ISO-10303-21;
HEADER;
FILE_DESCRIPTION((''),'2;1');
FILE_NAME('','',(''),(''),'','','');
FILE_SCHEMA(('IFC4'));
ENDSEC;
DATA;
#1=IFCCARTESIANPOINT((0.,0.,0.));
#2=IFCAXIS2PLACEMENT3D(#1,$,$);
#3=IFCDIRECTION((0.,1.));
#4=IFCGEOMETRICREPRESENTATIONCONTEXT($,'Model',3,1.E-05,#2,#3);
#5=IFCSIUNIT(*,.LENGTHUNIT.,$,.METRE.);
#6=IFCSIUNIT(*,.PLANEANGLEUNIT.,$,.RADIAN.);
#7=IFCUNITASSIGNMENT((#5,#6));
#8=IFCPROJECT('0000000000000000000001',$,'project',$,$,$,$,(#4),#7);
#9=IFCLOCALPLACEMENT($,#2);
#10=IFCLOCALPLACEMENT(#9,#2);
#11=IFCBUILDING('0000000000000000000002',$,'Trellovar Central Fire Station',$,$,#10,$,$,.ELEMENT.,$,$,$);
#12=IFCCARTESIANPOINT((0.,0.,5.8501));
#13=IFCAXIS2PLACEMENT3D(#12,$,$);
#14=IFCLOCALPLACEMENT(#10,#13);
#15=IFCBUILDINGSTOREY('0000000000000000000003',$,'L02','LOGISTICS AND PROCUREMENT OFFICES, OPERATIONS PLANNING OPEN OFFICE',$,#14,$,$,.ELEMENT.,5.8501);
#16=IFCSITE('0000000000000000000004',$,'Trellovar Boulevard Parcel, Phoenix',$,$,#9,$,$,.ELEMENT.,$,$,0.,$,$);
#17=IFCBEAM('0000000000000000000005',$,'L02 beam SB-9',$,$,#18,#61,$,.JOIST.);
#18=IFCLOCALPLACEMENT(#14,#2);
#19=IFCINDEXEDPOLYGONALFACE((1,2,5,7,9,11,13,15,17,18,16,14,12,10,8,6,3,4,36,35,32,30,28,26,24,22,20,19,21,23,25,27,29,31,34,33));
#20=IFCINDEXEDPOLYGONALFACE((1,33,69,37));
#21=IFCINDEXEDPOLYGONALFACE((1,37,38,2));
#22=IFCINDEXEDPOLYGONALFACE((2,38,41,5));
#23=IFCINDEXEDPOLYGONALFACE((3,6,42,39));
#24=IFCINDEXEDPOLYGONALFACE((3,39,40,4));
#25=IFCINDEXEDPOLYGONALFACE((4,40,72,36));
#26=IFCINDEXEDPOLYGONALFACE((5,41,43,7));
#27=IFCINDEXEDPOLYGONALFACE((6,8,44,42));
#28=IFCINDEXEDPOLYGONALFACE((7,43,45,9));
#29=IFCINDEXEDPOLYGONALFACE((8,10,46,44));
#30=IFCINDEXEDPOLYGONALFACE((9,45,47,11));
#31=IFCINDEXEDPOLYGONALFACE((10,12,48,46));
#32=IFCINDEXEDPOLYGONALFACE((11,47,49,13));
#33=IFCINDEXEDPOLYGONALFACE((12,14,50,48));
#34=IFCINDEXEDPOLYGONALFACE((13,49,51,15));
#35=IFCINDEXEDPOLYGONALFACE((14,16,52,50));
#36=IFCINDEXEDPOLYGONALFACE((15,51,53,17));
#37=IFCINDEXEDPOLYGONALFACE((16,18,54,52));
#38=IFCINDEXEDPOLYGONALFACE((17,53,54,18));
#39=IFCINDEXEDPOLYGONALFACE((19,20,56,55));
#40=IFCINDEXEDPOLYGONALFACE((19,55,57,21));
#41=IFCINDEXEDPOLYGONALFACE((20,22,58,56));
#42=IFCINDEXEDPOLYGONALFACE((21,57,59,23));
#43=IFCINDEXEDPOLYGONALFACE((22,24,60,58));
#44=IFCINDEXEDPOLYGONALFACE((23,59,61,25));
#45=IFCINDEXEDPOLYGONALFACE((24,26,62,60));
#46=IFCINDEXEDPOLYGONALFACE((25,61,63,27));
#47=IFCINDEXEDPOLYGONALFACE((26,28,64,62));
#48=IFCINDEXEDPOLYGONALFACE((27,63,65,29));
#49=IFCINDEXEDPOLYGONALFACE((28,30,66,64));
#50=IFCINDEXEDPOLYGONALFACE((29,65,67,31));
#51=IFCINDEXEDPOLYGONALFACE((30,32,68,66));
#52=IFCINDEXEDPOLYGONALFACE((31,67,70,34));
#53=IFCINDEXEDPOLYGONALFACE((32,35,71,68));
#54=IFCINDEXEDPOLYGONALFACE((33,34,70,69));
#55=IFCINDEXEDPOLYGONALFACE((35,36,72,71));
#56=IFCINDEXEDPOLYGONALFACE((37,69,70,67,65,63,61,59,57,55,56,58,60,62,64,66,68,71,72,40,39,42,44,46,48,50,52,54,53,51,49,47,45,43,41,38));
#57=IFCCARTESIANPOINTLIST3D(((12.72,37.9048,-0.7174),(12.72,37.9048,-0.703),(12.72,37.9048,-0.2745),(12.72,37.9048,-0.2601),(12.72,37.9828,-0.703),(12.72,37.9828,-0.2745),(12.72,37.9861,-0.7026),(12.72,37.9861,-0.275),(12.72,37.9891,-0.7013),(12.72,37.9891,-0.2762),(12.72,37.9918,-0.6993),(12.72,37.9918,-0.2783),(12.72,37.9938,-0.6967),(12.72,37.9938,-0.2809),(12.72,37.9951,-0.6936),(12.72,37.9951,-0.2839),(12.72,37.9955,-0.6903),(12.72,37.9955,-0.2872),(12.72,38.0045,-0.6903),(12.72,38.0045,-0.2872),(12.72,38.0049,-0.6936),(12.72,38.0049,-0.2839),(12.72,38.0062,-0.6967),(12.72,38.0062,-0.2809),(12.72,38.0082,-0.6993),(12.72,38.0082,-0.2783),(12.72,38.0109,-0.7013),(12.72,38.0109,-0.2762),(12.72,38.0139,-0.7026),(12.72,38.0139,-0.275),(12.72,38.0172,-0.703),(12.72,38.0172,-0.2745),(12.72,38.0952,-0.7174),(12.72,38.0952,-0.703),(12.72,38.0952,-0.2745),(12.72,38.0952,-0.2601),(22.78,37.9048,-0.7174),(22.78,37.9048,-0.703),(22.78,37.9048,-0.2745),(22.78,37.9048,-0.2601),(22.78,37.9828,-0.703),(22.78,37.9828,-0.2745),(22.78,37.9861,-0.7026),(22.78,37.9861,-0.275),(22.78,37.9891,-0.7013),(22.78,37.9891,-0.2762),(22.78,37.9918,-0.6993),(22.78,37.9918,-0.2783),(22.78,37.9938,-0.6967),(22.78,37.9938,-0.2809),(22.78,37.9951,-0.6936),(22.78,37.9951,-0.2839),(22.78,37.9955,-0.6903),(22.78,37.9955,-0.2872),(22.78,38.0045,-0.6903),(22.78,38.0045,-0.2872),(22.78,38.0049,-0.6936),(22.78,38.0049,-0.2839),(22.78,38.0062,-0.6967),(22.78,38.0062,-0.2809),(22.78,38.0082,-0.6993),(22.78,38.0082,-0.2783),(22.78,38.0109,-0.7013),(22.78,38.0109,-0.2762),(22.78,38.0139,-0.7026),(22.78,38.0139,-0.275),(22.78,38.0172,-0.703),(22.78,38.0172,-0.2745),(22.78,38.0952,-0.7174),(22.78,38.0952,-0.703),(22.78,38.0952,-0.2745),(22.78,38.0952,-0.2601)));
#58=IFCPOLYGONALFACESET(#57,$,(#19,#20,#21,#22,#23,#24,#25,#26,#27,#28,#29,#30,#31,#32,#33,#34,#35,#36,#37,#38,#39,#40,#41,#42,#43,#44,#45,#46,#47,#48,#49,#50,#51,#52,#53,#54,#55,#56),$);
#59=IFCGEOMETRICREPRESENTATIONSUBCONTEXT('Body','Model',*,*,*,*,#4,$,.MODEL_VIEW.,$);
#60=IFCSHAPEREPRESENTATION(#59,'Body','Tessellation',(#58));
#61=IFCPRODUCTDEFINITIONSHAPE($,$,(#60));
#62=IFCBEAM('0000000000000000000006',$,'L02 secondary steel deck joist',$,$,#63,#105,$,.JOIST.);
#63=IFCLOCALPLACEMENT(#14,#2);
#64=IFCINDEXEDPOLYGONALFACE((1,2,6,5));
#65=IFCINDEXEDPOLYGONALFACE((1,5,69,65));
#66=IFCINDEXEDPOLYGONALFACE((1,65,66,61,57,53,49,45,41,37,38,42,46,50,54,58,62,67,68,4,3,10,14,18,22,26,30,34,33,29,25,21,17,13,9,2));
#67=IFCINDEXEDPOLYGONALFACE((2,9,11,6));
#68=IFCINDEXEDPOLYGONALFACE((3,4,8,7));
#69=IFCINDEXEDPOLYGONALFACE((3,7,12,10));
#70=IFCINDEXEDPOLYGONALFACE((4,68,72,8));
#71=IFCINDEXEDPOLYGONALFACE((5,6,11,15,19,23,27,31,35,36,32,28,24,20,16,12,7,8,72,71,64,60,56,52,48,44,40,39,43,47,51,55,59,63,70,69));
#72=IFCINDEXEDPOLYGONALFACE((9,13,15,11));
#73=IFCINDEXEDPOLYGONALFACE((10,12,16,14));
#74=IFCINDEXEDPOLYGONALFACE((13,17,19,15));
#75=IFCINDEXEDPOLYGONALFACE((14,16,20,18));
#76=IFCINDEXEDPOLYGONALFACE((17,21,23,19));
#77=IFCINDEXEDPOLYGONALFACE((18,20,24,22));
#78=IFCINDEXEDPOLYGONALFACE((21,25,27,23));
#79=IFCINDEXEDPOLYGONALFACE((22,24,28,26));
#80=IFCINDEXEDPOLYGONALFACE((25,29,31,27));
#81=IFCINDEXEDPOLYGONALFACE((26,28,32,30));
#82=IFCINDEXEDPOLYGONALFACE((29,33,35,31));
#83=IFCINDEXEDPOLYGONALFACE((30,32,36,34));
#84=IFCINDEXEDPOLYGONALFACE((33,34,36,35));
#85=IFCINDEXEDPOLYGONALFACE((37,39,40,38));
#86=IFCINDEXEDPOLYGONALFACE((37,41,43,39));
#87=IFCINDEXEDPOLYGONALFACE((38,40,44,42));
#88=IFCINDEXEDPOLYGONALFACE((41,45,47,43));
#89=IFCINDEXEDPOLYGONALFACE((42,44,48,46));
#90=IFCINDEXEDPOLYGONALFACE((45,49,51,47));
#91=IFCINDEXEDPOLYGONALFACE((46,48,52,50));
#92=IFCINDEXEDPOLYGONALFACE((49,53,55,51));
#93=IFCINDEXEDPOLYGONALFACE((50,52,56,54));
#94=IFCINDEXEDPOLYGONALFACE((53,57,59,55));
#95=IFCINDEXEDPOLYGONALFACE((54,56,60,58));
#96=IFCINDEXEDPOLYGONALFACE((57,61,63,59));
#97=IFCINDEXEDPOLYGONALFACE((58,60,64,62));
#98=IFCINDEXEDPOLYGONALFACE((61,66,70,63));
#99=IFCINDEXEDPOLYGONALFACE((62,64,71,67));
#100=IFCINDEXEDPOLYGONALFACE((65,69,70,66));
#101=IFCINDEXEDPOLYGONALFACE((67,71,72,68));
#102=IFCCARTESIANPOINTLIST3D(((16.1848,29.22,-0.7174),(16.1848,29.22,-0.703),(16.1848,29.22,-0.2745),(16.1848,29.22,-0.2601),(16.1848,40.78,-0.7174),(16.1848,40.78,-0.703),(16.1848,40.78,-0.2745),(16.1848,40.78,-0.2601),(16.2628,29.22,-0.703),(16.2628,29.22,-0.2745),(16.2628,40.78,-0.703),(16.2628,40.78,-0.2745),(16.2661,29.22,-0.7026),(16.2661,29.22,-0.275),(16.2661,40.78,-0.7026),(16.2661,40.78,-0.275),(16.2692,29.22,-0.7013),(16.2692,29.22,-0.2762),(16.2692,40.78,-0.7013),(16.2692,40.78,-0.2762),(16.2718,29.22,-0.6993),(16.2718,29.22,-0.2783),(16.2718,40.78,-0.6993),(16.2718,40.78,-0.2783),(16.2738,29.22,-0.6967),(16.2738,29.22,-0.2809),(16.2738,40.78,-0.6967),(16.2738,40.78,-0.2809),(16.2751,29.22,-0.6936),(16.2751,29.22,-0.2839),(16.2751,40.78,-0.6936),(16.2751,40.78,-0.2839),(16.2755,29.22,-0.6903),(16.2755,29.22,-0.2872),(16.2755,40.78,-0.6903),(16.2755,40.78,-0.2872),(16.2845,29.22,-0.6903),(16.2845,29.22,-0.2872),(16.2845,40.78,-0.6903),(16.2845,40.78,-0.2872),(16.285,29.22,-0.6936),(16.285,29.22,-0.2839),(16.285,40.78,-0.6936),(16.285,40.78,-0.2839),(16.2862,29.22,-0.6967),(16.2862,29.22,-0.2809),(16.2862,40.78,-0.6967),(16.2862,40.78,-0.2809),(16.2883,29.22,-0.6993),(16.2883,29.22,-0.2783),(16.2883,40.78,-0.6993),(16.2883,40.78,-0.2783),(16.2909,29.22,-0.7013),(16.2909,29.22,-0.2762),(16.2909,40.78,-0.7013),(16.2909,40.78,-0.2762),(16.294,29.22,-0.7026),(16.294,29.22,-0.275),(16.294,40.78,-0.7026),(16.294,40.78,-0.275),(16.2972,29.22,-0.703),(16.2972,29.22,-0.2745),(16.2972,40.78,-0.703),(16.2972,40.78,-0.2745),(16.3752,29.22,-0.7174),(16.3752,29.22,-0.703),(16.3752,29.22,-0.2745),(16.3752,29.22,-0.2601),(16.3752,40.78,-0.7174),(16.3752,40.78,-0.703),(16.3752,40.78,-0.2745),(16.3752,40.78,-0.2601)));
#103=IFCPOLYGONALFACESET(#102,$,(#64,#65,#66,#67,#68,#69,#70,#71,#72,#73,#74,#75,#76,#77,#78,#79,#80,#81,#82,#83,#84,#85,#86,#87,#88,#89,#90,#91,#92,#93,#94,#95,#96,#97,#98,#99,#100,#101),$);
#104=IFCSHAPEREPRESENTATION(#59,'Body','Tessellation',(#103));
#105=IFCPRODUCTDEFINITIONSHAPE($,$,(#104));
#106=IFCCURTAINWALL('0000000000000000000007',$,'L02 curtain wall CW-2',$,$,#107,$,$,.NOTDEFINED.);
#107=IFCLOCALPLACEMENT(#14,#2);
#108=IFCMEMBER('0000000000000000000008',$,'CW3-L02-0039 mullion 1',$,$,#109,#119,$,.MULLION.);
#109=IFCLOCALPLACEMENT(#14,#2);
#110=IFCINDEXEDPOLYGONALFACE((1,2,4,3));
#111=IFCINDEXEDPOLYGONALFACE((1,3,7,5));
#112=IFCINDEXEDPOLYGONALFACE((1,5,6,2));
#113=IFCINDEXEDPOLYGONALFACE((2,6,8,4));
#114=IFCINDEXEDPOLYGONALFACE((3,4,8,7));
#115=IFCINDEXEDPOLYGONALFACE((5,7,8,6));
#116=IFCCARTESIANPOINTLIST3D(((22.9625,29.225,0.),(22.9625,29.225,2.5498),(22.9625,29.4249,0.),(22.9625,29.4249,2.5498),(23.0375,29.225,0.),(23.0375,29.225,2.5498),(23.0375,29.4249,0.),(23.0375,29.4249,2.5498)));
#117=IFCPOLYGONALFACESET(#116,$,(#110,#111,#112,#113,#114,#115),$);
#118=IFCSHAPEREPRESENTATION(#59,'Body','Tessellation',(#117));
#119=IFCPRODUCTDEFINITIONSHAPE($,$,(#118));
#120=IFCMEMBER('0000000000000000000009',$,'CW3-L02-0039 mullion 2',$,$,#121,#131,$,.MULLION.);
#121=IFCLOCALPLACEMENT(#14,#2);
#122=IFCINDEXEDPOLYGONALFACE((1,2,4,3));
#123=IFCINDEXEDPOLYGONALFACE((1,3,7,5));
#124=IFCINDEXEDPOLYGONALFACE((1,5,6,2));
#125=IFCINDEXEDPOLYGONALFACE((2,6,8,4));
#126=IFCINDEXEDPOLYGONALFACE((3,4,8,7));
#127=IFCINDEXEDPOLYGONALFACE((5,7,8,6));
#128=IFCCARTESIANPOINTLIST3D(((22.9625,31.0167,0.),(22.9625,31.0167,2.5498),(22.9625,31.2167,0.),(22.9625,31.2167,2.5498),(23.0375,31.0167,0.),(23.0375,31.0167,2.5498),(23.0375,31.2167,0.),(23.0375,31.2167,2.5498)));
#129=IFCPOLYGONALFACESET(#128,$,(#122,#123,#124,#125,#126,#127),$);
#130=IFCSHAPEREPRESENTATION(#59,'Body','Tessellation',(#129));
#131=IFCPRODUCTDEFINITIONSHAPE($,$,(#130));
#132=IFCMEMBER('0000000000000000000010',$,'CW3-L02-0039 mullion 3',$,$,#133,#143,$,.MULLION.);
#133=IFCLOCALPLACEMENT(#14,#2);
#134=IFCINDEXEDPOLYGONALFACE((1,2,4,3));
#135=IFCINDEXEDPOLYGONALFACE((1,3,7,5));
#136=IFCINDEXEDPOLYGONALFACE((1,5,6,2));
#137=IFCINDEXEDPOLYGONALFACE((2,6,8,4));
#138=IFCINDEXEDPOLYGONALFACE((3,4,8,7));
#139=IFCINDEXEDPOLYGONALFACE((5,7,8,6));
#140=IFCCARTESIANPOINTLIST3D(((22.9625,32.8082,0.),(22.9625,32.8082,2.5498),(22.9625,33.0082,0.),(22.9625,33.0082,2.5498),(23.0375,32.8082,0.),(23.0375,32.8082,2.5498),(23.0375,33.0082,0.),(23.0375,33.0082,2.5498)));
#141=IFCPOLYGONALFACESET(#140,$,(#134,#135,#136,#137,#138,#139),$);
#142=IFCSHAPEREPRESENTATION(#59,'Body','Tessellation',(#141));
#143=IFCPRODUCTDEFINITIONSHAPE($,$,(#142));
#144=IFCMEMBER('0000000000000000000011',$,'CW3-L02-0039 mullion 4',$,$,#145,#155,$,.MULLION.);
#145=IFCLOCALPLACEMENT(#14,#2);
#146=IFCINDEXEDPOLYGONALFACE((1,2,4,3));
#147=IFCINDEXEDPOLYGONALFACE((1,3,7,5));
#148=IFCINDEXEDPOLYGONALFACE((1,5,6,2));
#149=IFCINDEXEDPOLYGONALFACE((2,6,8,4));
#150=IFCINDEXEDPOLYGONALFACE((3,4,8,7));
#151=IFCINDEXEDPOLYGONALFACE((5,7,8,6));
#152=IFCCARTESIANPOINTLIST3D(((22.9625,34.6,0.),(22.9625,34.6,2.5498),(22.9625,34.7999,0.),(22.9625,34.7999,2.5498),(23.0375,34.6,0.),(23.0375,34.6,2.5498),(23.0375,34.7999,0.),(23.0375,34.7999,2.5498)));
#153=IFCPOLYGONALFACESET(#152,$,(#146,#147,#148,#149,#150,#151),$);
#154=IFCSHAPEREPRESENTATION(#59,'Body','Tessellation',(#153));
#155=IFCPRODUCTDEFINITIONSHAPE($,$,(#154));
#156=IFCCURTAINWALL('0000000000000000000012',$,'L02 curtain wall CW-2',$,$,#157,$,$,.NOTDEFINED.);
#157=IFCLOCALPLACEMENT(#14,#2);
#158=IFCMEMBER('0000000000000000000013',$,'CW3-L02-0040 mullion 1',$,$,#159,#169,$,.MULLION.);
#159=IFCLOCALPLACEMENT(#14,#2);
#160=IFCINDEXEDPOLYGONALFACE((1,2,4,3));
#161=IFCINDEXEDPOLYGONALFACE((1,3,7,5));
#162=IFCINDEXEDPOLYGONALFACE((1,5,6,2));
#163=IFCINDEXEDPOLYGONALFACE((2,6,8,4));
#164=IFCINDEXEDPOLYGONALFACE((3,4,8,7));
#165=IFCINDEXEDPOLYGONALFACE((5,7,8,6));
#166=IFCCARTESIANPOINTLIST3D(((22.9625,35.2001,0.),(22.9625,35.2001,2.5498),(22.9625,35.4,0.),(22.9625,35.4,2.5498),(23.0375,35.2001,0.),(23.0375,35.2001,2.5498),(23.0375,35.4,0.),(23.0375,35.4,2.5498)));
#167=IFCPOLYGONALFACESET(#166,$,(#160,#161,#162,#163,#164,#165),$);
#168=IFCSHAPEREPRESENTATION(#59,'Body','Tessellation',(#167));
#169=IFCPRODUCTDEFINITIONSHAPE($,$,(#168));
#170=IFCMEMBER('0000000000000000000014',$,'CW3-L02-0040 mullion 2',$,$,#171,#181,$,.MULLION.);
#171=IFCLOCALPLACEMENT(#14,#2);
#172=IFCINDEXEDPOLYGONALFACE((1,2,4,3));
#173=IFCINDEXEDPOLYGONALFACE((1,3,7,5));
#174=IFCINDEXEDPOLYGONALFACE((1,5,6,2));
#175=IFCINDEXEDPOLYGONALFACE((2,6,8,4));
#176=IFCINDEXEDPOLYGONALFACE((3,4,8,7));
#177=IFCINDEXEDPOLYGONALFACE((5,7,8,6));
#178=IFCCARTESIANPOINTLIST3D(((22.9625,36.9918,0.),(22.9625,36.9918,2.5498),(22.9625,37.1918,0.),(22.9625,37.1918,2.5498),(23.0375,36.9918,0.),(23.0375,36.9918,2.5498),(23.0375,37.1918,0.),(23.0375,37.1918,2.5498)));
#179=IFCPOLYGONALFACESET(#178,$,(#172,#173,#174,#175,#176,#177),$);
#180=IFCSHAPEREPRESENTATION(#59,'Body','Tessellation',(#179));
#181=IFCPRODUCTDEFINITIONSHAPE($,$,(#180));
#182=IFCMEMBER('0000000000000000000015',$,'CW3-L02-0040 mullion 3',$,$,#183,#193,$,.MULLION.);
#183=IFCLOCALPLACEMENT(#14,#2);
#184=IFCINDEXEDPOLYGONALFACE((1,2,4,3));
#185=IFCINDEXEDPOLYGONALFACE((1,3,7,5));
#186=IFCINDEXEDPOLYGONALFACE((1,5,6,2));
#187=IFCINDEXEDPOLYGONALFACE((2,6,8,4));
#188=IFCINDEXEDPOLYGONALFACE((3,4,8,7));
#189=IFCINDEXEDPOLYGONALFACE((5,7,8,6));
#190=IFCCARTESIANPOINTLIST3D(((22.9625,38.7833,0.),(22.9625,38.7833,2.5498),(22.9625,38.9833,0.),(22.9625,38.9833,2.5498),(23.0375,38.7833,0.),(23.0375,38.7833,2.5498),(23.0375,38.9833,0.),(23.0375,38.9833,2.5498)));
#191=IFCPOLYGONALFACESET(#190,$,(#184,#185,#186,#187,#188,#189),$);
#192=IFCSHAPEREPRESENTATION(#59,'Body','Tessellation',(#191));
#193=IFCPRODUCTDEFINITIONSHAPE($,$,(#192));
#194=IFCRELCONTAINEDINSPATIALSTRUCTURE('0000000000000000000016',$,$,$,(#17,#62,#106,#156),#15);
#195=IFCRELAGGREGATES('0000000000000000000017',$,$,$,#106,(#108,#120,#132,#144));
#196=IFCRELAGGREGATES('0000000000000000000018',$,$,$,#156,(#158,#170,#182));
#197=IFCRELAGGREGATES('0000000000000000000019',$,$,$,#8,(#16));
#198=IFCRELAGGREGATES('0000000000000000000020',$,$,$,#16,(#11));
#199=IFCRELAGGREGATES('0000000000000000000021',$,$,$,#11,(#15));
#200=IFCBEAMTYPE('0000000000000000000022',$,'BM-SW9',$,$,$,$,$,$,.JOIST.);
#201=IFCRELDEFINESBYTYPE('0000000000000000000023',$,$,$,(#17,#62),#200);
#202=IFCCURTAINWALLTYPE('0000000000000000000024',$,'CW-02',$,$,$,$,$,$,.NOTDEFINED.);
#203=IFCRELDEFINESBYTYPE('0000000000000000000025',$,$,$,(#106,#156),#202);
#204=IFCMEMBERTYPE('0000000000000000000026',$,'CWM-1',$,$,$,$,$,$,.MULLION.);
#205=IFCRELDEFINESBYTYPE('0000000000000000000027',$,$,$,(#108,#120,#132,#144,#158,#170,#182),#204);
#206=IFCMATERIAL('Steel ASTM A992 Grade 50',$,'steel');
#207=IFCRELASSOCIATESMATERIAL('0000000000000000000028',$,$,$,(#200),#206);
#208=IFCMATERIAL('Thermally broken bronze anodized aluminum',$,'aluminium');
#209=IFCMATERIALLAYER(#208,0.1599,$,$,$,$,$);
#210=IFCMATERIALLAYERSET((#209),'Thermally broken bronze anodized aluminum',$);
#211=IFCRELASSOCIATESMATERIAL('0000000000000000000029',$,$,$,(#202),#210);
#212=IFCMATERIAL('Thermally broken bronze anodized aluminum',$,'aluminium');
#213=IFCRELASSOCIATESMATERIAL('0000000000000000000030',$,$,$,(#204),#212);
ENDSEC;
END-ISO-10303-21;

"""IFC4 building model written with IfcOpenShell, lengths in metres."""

from ifc_helpers import new_model, si_unit, direction, frame, origin, origin_2d, place, context, subcontext, project, spatial, rectangle, i_section, extrude, material, layer, layer_set, material_profile, profile_set, type_object, element, aggregate, save


model = new_model("IFC4")

# Units and contexts
model_context = context("Model", 3, precision=1e-05, world=origin(), true_north=direction((0.0, 1.0)))
body_context = subcontext(model_context, "Body", "Model", "MODEL_VIEW")
ifc_project = project(units=[si_unit("LENGTHUNIT", "METRE"), si_unit("PLANEANGLEUNIT", "RADIAN")], contexts=[model_context])

# Site, building, storey
site_placement = place(None, origin())
site = spatial("IfcSite", under=ifc_project, at=site_placement, Name="Trellovar Boulevard Parcel, Phoenix", CompositionType="ELEMENT", RefElevation=0.0)
building_placement = place(site_placement, origin())
building = spatial("IfcBuilding", under=site, at=building_placement, Name="Trellovar Central Fire Station", CompositionType="ELEMENT")
storey_placement = place(building_placement, frame((0.0, 0.0, 5.8501)))
storey = spatial("IfcBuildingStorey", under=building, at=storey_placement, Name="L02", Description="LOGISTICS AND PROCUREMENT OFFICES, OPERATIONS PLANNING OPEN OFFICE", CompositionType="ELEMENT", Elevation=5.8501)

# Beams
ifc_material_1 = material(Name="Steel ASTM A992 Grade 50", Category="steel")
ifc_material_profile_1 = material_profile(ifc_material_1, i_section(OverallWidth=0.1904, OverallDepth=0.4573, WebThickness=0.009, FlangeThickness=0.0144, FilletRadius=0.0127, at=origin_2d()), Name="W18X50")
ifc_profile_set_1 = profile_set([ifc_material_profile_1], Name="Steel ASTM A992 Grade 50")
beam_type_1 = type_object("IfcBeamType", Name="BM-SW9", PredefinedType="JOIST", material=ifc_profile_set_1)
for number, where, z_axis, x_axis, name in (
    (1, (12.72, 38.0, -0.4888), (1.0, 0.0, 0.0), (0.0, 1.0, 0.0), "L02 beam SB-9"),
):
    element("IfcBeam", number, at=place(storey_placement, frame(where, z_axis=z_axis, x_axis=x_axis)), inside=storey, type_object=beam_type_1, Name=name, PredefinedType="JOIST", context=body_context, shape_type="SweptSolid", body=[
        extrude(i_section(OverallWidth=0.1904, OverallDepth=0.4573, WebThickness=0.009, FlangeThickness=0.0144, FilletRadius=0.0127, at=origin_2d()), origin(), (0.0, 0.0, 1.0), 10.0601),
    ])
beam_1_placement = place(storey_placement, frame((16.28, 29.22, -0.4888), z_axis=(0.0, 1.0, 0.0), x_axis=(-1.0, 0.0, 0.0)))
element("IfcBeam", 2, at=beam_1_placement, inside=storey, type_object=beam_type_1, Name="L02 secondary steel deck joist", PredefinedType="JOIST", context=body_context, shape_type="SweptSolid", body=[
    extrude(i_section(OverallWidth=0.1904, OverallDepth=0.4573, WebThickness=0.009, FlangeThickness=0.0144, FilletRadius=0.0127, at=origin_2d()), origin(), (0.0, 0.0, 1.0), 11.5601),
])

# Curtain walls, members
ifc_material_2 = material(Name="Thermally broken bronze anodized aluminum", Category="aluminium")
ifc_layer_1 = layer(ifc_material_2, 0.1599)
ifc_layer_set_1 = layer_set([ifc_layer_1], Name="Thermally broken bronze anodized aluminum")
curtain_wall_type = type_object("IfcCurtainWallType", Name="CW-02", PredefinedType="NOTDEFINED", material=ifc_layer_set_1)
curtain_wall_1_placement = place(storey_placement, origin())
curtain_wall_1 = element("IfcCurtainWall", 3, at=curtain_wall_1_placement, inside=storey, type_object=curtain_wall_type, Name="L02 curtain wall CW-2", PredefinedType="NOTDEFINED")
ifc_material_3 = material(Name="Thermally broken bronze anodized aluminum", Category="aluminium")
ifc_material_profile_2 = material_profile(ifc_material_3, rectangle(XDim=0.075, YDim=0.2, at=origin_2d()), Name="ALU75X200")
ifc_profile_set_2 = profile_set([ifc_material_profile_2], Name="Thermally broken bronze anodized aluminum")
member_type_1 = type_object("IfcMemberType", Name="CWM-1", PredefinedType="MULLION", material=ifc_profile_set_2)
member_1_placement = place(storey_placement, frame((23.0, 29.325, 0.0), z_axis=(0.0, 0.0, 1.0), x_axis=(1.0, 0.0, 0.0)))
member_1 = element("IfcMember", 4, at=member_1_placement, type_object=member_type_1, Name="CW3-L02-0039 mullion 1", PredefinedType="MULLION", context=body_context, shape_type="SweptSolid", body=[
    extrude(rectangle(XDim=0.075, YDim=0.2, at=origin_2d()), origin(), (0.0, 0.0, 1.0), 2.5498),
])
member_2_placement = place(storey_placement, frame((23.0, 31.1167, 0.0), z_axis=(0.0, 0.0, 1.0), x_axis=(1.0, 0.0, 0.0)))
member_2 = element("IfcMember", 5, at=member_2_placement, type_object=member_type_1, Name="CW3-L02-0039 mullion 2", PredefinedType="MULLION", context=body_context, shape_type="SweptSolid", body=[
    extrude(rectangle(XDim=0.075, YDim=0.2, at=origin_2d()), origin(), (0.0, 0.0, 1.0), 2.5498),
])
member_3_placement = place(storey_placement, frame((23.0, 32.9082, 0.0), z_axis=(0.0, 0.0, 1.0), x_axis=(1.0, 0.0, 0.0)))
member_3 = element("IfcMember", 6, at=member_3_placement, type_object=member_type_1, Name="CW3-L02-0039 mullion 3", PredefinedType="MULLION", context=body_context, shape_type="SweptSolid", body=[
    extrude(rectangle(XDim=0.075, YDim=0.2, at=origin_2d()), origin(), (0.0, 0.0, 1.0), 2.5498),
])
member_4_placement = place(storey_placement, frame((23.0, 34.7, 0.0), z_axis=(0.0, 0.0, 1.0), x_axis=(1.0, 0.0, 0.0)))
member_4 = element("IfcMember", 7, at=member_4_placement, type_object=member_type_1, Name="CW3-L02-0039 mullion 4", PredefinedType="MULLION", context=body_context, shape_type="SweptSolid", body=[
    extrude(rectangle(XDim=0.075, YDim=0.2, at=origin_2d()), origin(), (0.0, 0.0, 1.0), 2.5498),
])
curtain_wall_2_placement = place(storey_placement, origin())
curtain_wall_2 = element("IfcCurtainWall", 8, at=curtain_wall_2_placement, inside=storey, type_object=curtain_wall_type, Name="L02 curtain wall CW-2", PredefinedType="NOTDEFINED")
member_5_placement = place(storey_placement, frame((23.0, 35.3, 0.0), z_axis=(0.0, 0.0, 1.0), x_axis=(1.0, 0.0, 0.0)))
member_5 = element("IfcMember", 9, at=member_5_placement, type_object=member_type_1, Name="CW3-L02-0040 mullion 1", PredefinedType="MULLION", context=body_context, shape_type="SweptSolid", body=[
    extrude(rectangle(XDim=0.075, YDim=0.2, at=origin_2d()), origin(), (0.0, 0.0, 1.0), 2.5498),
])
member_6_placement = place(storey_placement, frame((23.0, 37.0918, 0.0), z_axis=(0.0, 0.0, 1.0), x_axis=(1.0, 0.0, 0.0)))
member_6 = element("IfcMember", 10, at=member_6_placement, type_object=member_type_1, Name="CW3-L02-0040 mullion 2", PredefinedType="MULLION", context=body_context, shape_type="SweptSolid", body=[
    extrude(rectangle(XDim=0.075, YDim=0.2, at=origin_2d()), origin(), (0.0, 0.0, 1.0), 2.5498),
])
member_7_placement = place(storey_placement, frame((23.0, 38.8833, 0.0), z_axis=(0.0, 0.0, 1.0), x_axis=(1.0, 0.0, 0.0)))
member_7 = element("IfcMember", 11, at=member_7_placement, type_object=member_type_1, Name="CW3-L02-0040 mullion 3", PredefinedType="MULLION", context=body_context, shape_type="SweptSolid", body=[
    extrude(rectangle(XDim=0.075, YDim=0.2, at=origin_2d()), origin(), (0.0, 0.0, 1.0), 2.5498),
])

aggregate(curtain_wall_1, [member_1, member_2, member_3, member_4])
aggregate(curtain_wall_2, [member_5, member_6, member_7])

save(model, "model.ifc")
